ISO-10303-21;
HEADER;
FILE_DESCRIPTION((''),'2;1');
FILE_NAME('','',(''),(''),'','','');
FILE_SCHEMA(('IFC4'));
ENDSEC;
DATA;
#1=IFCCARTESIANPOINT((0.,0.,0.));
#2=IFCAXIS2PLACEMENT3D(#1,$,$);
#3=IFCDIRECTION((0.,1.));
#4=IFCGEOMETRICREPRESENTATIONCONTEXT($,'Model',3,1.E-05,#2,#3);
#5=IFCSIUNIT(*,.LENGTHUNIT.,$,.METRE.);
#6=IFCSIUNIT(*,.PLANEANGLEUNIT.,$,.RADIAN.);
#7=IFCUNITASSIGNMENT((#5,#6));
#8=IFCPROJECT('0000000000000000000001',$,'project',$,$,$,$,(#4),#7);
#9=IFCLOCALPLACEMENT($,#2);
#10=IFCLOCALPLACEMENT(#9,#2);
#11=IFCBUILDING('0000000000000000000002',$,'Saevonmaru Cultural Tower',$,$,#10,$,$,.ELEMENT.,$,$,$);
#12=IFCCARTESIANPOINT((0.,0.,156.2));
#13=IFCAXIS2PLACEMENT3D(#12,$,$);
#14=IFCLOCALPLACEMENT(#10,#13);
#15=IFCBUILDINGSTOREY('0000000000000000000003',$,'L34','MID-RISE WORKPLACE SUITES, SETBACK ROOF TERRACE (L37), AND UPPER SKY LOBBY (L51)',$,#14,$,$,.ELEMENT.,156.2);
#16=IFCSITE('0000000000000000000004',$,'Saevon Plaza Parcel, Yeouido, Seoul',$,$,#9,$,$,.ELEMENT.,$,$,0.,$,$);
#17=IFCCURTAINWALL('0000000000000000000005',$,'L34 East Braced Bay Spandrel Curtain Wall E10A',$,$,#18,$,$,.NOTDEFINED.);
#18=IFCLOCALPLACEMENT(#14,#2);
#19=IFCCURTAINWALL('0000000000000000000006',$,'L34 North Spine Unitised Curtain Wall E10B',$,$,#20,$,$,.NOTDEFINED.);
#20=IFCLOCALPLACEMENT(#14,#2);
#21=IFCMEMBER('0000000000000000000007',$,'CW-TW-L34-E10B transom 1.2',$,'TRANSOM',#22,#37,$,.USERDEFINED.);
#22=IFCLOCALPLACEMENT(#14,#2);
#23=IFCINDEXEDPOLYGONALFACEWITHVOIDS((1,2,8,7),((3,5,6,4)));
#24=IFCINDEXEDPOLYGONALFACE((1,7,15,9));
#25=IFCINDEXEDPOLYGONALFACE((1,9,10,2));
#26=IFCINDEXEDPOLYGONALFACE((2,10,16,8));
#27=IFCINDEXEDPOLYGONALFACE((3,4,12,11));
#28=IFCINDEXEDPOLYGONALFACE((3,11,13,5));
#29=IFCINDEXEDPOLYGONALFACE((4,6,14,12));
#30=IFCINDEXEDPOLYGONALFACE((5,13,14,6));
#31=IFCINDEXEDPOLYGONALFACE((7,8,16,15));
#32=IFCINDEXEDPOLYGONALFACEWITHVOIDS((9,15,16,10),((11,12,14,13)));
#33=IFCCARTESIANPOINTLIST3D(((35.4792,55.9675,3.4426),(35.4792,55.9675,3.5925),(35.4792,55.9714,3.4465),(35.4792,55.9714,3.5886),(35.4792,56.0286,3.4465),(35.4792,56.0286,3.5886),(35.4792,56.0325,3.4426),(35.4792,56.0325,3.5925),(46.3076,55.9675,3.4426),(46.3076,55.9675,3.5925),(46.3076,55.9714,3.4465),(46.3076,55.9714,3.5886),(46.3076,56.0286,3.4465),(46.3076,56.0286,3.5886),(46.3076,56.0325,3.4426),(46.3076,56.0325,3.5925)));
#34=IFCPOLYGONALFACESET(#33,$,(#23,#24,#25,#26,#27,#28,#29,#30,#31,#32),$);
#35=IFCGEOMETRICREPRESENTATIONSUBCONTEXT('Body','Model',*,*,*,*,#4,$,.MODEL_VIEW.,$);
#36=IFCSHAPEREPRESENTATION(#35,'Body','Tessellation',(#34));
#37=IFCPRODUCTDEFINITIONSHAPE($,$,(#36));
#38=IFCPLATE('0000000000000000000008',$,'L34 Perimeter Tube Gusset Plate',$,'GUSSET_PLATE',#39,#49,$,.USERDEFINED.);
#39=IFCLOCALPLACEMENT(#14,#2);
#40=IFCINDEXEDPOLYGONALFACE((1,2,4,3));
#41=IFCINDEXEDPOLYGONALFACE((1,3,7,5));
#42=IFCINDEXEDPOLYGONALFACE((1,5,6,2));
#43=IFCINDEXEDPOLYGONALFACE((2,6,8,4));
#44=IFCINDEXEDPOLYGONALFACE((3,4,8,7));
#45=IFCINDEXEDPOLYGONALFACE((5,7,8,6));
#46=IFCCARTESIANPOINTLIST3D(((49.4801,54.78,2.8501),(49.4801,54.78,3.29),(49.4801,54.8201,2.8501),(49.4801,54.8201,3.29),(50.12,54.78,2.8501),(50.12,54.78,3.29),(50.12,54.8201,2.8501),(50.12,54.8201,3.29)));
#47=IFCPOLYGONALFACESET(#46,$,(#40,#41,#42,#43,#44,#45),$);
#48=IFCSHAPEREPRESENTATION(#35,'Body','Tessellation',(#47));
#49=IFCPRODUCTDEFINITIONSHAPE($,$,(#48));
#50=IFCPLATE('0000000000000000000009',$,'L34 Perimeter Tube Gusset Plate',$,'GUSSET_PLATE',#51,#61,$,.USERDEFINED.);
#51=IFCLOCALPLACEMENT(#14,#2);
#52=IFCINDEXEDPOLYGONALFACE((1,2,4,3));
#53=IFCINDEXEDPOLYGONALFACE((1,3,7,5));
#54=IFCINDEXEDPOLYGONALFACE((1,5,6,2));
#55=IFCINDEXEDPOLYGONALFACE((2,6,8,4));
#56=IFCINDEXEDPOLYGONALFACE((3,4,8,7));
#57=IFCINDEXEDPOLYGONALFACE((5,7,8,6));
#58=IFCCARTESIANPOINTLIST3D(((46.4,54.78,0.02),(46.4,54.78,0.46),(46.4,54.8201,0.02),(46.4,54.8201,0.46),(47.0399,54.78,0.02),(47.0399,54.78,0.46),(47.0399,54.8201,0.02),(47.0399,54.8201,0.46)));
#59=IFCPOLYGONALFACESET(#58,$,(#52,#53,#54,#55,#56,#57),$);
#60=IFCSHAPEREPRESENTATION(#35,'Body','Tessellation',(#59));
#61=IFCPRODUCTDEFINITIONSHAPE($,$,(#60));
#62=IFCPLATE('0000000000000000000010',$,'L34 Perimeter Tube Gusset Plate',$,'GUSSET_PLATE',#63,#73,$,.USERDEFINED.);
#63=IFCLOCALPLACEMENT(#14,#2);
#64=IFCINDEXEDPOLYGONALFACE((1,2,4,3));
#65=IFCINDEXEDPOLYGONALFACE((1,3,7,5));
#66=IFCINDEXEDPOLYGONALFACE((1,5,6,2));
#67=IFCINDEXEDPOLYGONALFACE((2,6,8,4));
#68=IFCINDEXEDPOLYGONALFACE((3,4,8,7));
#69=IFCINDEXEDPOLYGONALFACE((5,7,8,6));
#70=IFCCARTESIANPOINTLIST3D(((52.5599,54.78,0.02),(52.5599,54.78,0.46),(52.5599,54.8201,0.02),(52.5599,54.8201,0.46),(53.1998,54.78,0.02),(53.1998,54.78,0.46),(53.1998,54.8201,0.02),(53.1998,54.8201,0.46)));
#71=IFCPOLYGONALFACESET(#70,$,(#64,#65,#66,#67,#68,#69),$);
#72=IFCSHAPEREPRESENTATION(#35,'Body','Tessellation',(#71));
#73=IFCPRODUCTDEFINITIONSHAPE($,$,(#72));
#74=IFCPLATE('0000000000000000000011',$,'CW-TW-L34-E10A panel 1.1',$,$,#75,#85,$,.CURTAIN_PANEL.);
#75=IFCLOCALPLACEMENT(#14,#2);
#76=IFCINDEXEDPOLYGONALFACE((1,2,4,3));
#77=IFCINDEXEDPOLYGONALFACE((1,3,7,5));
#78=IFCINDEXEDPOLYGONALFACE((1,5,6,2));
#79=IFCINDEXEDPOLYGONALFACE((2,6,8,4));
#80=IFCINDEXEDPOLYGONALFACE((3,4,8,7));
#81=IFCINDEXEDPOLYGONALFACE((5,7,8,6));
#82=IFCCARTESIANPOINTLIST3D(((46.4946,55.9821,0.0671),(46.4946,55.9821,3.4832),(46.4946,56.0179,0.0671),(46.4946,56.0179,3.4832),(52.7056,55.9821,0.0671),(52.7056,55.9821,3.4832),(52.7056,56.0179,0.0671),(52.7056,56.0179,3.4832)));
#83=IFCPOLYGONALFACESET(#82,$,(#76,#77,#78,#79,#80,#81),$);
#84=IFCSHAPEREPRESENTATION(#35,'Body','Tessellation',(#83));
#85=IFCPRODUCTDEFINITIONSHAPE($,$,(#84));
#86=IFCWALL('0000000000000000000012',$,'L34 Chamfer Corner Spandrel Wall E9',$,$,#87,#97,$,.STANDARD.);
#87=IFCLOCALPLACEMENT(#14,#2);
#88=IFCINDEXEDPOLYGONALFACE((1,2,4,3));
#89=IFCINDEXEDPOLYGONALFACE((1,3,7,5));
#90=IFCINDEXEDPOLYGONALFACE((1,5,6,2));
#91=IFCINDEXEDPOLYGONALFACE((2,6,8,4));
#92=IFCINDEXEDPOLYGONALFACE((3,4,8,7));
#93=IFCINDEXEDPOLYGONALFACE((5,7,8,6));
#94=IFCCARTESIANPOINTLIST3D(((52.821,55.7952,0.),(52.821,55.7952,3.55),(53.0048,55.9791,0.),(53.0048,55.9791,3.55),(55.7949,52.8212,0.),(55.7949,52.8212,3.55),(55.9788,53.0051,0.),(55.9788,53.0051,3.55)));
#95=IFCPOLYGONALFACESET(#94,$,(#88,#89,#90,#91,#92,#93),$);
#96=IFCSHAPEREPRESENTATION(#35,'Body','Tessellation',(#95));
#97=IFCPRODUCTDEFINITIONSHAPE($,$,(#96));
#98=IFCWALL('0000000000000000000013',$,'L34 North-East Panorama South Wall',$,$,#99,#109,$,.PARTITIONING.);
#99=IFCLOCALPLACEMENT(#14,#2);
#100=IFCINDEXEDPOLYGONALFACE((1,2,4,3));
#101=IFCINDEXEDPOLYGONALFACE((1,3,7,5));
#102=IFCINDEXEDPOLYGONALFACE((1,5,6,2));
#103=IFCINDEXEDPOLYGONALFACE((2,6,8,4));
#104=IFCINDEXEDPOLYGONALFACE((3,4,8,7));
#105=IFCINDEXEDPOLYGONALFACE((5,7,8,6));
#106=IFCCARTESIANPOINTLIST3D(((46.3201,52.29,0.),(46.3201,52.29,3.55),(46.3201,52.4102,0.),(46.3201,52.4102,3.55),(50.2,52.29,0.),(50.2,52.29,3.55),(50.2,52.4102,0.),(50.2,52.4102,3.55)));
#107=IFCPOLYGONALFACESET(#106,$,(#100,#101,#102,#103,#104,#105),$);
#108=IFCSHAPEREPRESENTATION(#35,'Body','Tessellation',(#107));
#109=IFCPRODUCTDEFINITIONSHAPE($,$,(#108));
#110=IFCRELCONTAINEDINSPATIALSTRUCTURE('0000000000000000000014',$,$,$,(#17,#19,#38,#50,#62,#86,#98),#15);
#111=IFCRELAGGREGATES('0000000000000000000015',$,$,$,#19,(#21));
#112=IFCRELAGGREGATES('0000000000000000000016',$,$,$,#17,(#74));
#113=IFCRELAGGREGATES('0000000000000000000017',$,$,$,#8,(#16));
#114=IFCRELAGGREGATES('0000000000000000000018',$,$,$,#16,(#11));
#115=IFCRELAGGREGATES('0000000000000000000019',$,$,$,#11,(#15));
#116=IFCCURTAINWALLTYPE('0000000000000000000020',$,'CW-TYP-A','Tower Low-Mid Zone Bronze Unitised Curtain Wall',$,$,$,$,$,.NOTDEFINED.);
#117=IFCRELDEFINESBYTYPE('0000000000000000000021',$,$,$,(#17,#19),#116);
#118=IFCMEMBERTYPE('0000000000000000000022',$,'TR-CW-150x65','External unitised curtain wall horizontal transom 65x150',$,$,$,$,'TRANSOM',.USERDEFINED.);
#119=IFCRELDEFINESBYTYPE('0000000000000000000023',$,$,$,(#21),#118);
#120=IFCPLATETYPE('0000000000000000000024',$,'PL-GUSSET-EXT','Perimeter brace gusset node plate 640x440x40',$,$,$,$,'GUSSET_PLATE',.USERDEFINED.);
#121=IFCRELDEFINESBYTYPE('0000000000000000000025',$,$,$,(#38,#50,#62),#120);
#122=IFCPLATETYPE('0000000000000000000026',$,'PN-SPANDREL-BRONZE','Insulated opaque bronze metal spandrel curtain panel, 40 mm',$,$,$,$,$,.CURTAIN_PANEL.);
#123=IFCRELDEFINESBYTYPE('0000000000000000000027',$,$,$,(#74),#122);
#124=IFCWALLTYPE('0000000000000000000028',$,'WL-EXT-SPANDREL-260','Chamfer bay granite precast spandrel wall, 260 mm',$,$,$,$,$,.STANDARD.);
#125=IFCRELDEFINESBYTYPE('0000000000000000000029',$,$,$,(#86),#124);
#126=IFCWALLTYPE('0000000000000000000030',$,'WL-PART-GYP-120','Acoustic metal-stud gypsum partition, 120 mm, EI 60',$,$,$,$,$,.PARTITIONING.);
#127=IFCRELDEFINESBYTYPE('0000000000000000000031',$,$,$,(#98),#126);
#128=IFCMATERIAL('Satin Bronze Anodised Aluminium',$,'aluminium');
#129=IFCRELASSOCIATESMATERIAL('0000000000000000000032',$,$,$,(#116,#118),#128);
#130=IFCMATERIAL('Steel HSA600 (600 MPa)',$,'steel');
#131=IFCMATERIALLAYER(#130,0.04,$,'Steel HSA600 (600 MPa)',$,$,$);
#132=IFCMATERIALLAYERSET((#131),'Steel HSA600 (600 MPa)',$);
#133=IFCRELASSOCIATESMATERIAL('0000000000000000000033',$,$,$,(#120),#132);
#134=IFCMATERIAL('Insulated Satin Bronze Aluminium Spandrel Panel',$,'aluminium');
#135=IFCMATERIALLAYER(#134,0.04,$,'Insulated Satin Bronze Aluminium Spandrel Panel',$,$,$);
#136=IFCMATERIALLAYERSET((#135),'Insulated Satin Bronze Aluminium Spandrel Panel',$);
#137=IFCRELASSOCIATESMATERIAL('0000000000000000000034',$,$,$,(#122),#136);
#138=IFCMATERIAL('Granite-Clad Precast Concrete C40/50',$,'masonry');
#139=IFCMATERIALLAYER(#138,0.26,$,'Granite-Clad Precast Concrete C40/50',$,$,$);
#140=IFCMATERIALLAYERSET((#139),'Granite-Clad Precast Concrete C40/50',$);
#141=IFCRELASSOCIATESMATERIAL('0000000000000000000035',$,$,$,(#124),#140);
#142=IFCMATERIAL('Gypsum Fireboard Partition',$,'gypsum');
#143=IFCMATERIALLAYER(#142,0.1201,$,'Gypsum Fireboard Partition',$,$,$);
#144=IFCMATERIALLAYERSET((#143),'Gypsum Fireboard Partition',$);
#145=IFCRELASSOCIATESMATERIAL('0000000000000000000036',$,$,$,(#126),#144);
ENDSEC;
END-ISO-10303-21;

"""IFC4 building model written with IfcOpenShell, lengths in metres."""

from ifc_helpers import new_model, si_unit, direction, frame, frame_2d, origin, origin_2d, place, context, subcontext, project, spatial, rectangle, hollow_rectangle, extrude, material, layer, layer_set, material_profile, profile_set, type_object, element, aggregate, save


model = new_model("IFC4")

# Units and contexts
model_context = context("Model", 3, precision=1e-05, world=origin(), true_north=direction((0.0, 1.0)))
body_context = subcontext(model_context, "Body", "Model", "MODEL_VIEW")
ifc_project = project(units=[si_unit("LENGTHUNIT", "METRE"), si_unit("PLANEANGLEUNIT", "RADIAN")], contexts=[model_context])

# Site, building, storey
site_placement = place(None, origin())
site = spatial("IfcSite", under=ifc_project, at=site_placement, Name="Saevon Plaza Parcel, Yeouido, Seoul", CompositionType="ELEMENT", RefElevation=0.0)
building_placement = place(site_placement, origin())
building = spatial("IfcBuilding", under=site, at=building_placement, Name="Saevonmaru Cultural Tower", CompositionType="ELEMENT")
storey_placement = place(building_placement, frame((0.0, 0.0, 156.2)))
storey = spatial("IfcBuildingStorey", under=building, at=storey_placement, Name="L34", Description="MID-RISE WORKPLACE SUITES, SETBACK ROOF TERRACE (L37), AND UPPER SKY LOBBY (L51)", CompositionType="ELEMENT", Elevation=156.2)

# Shared definitions
ifc_material_1 = material(Name="Satin Bronze Anodised Aluminium", Category="aluminium")
curtain_wall_type = type_object("IfcCurtainWallType", Name="CW-TYP-A", Description="Tower Low-Mid Zone Bronze Unitised Curtain Wall", PredefinedType="NOTDEFINED", material=ifc_material_1)

# Curtain wall
curtain_wall_1_placement = place(storey_placement, origin())
curtain_wall_1 = element("IfcCurtainWall", 1, at=curtain_wall_1_placement, inside=storey, type_object=curtain_wall_type, Name="L34 East Braced Bay Spandrel Curtain Wall E10A", PredefinedType="NOTDEFINED")

# Curtain wall
curtain_wall_2_placement = place(storey_placement, origin())
curtain_wall_2 = element("IfcCurtainWall", 2, at=curtain_wall_2_placement, inside=storey, type_object=curtain_wall_type, Name="L34 North Spine Unitised Curtain Wall E10B", PredefinedType="NOTDEFINED")

# Member
ifc_material_profile_1 = material_profile(ifc_material_1, hollow_rectangle(XDim=0.0649, YDim=0.1499, WallThickness=0.0039, at=origin_2d()), Name="ALU-TRAN-150x65x4")
ifc_profile_set_1 = profile_set([ifc_material_profile_1], Name="Satin Bronze Anodised Aluminium")
member_type_1 = type_object("IfcMemberType", Name="TR-CW-150x65", Description="External unitised curtain wall horizontal transom 65x150", ElementType="TRANSOM", PredefinedType="USERDEFINED", material=ifc_profile_set_1)
member_1_placement = place(storey_placement, frame((46.3076, 56.0, 3.5176), z_axis=(-1.0, 0.0, 0.0), x_axis=(0.0, -1.0, 0.0)))
member_1 = element("IfcMember", 3, at=member_1_placement, type_object=member_type_1, Name="CW-TW-L34-E10B transom 1.2", ObjectType="TRANSOM", PredefinedType="USERDEFINED", context=body_context, shape_type="SweptSolid", body=[
    extrude(hollow_rectangle(XDim=0.0649, YDim=0.1499, WallThickness=0.0039, at=origin_2d()), origin(), (0.0, 0.0, 1.0), 10.8284),
])
aggregate(curtain_wall_2, [member_1])

# Plates
ifc_material_2 = material(Name="Steel HSA600 (600 MPa)", Category="steel")
ifc_layer_1 = layer(ifc_material_2, 0.04, Name="Steel HSA600 (600 MPa)")
ifc_layer_set_1 = layer_set([ifc_layer_1], Name="Steel HSA600 (600 MPa)")
plate_type_1 = type_object("IfcPlateType", Name="PL-GUSSET-EXT", Description="Perimeter brace gusset node plate 640x440x40", ElementType="GUSSET_PLATE", PredefinedType="USERDEFINED", material=ifc_layer_set_1)
for number, where, z_axis, x_axis, name in (
    (4, (49.8, 54.8, 2.8501), (0.0, 0.0, 1.0), (1.0, 0.0, 0.0), "L34 Perimeter Tube Gusset Plate"),
    (5, (46.72, 54.8, 0.02), (0.0, 0.0, 1.0), (1.0, 0.0, 0.0), "L34 Perimeter Tube Gusset Plate"),
    (6, (52.8799, 54.8, 0.02), (0.0, 0.0, 1.0), (1.0, 0.0, 0.0), "L34 Perimeter Tube Gusset Plate"),
):
    element("IfcPlate", number, at=place(storey_placement, frame(where, z_axis=z_axis, x_axis=x_axis)), inside=storey, type_object=plate_type_1, Name=name, ObjectType="GUSSET_PLATE", PredefinedType="USERDEFINED", context=body_context, shape_type="SweptSolid", body=[
        extrude(rectangle(XDim=0.6399, YDim=0.04, at=origin_2d()), origin(), (0.0, 0.0, 1.0), 0.4399),
    ])

# Plate
ifc_material_3 = material(Name="Insulated Satin Bronze Aluminium Spandrel Panel", Category="aluminium")
ifc_layer_2 = layer(ifc_material_3, 0.04, Name="Insulated Satin Bronze Aluminium Spandrel Panel")
ifc_layer_set_2 = layer_set([ifc_layer_2], Name="Insulated Satin Bronze Aluminium Spandrel Panel")
plate_type_2 = type_object("IfcPlateType", Name="PN-SPANDREL-BRONZE", Description="Insulated opaque bronze metal spandrel curtain panel, 40 mm", PredefinedType="CURTAIN_PANEL", material=ifc_layer_set_2)
plate_placement = place(storey_placement, frame((49.6001, 56.0, 0.0671), z_axis=(0.0, 0.0, 1.0), x_axis=(-1.0, 0.0, 0.0)))
plate = element("IfcPlate", 7, at=plate_placement, type_object=plate_type_2, Name="CW-TW-L34-E10A panel 1.1", PredefinedType="CURTAIN_PANEL", context=body_context, shape_type="SweptSolid", body=[
    extrude(rectangle(XDim=6.2109, YDim=0.0359, at=origin_2d()), origin(), (0.0, 0.0, 1.0), 3.416),
])
aggregate(curtain_wall_1, [plate])

# Wall
ifc_material_4 = material(Name="Granite-Clad Precast Concrete C40/50", Category="masonry")
ifc_layer_3 = layer(ifc_material_4, 0.26, Name="Granite-Clad Precast Concrete C40/50")
ifc_layer_set_3 = layer_set([ifc_layer_3], Name="Granite-Clad Precast Concrete C40/50")
wall_type_1 = type_object("IfcWallType", Name="WL-EXT-SPANDREL-260", Description="Chamfer bay granite precast spandrel wall, 260 mm", PredefinedType="STANDARD", material=ifc_layer_set_3)
wall_1_placement = place(storey_placement, frame((55.887, 52.9131, 0.0), z_axis=(0.0, 0.0, 1.0), x_axis=(-0.707107, 0.707107, 0.0)))
element("IfcWall", 8, at=wall_1_placement, inside=storey, type_object=wall_type_1, Name="L34 Chamfer Corner Spandrel Wall E9", PredefinedType="STANDARD", context=body_context, shape_type="SweptSolid", body=[
    extrude(rectangle(XDim=4.2058, YDim=0.26, at=frame_2d((2.103, 0.0))), origin(), (0.0, 0.0, 1.0), 3.55),
])

# Shared definitions
ifc_material_5 = material(Name="Gypsum Fireboard Partition", Category="gypsum")

# Wall
ifc_layer_4 = layer(ifc_material_5, 0.1201, Name="Gypsum Fireboard Partition")
ifc_layer_set_4 = layer_set([ifc_layer_4], Name="Gypsum Fireboard Partition")
wall_type_2 = type_object("IfcWallType", Name="WL-PART-GYP-120", Description="Acoustic metal-stud gypsum partition, 120 mm, EI 60", PredefinedType="PARTITIONING", material=ifc_layer_set_4)
wall_2_placement = place(storey_placement, frame((46.3201, 52.3501, 0.0), z_axis=(0.0, 0.0, 1.0), x_axis=(1.0, 0.0, 0.0)))
element("IfcWall", 9, at=wall_2_placement, inside=storey, type_object=wall_type_2, Name="L34 North-East Panorama South Wall", PredefinedType="PARTITIONING", context=body_context, shape_type="SweptSolid", body=[
    extrude(rectangle(XDim=3.8799, YDim=0.1201, at=frame_2d((1.9399, 0.0))), origin(), (0.0, 0.0, 1.0), 3.55),
])

save(model, "model.ifc")
